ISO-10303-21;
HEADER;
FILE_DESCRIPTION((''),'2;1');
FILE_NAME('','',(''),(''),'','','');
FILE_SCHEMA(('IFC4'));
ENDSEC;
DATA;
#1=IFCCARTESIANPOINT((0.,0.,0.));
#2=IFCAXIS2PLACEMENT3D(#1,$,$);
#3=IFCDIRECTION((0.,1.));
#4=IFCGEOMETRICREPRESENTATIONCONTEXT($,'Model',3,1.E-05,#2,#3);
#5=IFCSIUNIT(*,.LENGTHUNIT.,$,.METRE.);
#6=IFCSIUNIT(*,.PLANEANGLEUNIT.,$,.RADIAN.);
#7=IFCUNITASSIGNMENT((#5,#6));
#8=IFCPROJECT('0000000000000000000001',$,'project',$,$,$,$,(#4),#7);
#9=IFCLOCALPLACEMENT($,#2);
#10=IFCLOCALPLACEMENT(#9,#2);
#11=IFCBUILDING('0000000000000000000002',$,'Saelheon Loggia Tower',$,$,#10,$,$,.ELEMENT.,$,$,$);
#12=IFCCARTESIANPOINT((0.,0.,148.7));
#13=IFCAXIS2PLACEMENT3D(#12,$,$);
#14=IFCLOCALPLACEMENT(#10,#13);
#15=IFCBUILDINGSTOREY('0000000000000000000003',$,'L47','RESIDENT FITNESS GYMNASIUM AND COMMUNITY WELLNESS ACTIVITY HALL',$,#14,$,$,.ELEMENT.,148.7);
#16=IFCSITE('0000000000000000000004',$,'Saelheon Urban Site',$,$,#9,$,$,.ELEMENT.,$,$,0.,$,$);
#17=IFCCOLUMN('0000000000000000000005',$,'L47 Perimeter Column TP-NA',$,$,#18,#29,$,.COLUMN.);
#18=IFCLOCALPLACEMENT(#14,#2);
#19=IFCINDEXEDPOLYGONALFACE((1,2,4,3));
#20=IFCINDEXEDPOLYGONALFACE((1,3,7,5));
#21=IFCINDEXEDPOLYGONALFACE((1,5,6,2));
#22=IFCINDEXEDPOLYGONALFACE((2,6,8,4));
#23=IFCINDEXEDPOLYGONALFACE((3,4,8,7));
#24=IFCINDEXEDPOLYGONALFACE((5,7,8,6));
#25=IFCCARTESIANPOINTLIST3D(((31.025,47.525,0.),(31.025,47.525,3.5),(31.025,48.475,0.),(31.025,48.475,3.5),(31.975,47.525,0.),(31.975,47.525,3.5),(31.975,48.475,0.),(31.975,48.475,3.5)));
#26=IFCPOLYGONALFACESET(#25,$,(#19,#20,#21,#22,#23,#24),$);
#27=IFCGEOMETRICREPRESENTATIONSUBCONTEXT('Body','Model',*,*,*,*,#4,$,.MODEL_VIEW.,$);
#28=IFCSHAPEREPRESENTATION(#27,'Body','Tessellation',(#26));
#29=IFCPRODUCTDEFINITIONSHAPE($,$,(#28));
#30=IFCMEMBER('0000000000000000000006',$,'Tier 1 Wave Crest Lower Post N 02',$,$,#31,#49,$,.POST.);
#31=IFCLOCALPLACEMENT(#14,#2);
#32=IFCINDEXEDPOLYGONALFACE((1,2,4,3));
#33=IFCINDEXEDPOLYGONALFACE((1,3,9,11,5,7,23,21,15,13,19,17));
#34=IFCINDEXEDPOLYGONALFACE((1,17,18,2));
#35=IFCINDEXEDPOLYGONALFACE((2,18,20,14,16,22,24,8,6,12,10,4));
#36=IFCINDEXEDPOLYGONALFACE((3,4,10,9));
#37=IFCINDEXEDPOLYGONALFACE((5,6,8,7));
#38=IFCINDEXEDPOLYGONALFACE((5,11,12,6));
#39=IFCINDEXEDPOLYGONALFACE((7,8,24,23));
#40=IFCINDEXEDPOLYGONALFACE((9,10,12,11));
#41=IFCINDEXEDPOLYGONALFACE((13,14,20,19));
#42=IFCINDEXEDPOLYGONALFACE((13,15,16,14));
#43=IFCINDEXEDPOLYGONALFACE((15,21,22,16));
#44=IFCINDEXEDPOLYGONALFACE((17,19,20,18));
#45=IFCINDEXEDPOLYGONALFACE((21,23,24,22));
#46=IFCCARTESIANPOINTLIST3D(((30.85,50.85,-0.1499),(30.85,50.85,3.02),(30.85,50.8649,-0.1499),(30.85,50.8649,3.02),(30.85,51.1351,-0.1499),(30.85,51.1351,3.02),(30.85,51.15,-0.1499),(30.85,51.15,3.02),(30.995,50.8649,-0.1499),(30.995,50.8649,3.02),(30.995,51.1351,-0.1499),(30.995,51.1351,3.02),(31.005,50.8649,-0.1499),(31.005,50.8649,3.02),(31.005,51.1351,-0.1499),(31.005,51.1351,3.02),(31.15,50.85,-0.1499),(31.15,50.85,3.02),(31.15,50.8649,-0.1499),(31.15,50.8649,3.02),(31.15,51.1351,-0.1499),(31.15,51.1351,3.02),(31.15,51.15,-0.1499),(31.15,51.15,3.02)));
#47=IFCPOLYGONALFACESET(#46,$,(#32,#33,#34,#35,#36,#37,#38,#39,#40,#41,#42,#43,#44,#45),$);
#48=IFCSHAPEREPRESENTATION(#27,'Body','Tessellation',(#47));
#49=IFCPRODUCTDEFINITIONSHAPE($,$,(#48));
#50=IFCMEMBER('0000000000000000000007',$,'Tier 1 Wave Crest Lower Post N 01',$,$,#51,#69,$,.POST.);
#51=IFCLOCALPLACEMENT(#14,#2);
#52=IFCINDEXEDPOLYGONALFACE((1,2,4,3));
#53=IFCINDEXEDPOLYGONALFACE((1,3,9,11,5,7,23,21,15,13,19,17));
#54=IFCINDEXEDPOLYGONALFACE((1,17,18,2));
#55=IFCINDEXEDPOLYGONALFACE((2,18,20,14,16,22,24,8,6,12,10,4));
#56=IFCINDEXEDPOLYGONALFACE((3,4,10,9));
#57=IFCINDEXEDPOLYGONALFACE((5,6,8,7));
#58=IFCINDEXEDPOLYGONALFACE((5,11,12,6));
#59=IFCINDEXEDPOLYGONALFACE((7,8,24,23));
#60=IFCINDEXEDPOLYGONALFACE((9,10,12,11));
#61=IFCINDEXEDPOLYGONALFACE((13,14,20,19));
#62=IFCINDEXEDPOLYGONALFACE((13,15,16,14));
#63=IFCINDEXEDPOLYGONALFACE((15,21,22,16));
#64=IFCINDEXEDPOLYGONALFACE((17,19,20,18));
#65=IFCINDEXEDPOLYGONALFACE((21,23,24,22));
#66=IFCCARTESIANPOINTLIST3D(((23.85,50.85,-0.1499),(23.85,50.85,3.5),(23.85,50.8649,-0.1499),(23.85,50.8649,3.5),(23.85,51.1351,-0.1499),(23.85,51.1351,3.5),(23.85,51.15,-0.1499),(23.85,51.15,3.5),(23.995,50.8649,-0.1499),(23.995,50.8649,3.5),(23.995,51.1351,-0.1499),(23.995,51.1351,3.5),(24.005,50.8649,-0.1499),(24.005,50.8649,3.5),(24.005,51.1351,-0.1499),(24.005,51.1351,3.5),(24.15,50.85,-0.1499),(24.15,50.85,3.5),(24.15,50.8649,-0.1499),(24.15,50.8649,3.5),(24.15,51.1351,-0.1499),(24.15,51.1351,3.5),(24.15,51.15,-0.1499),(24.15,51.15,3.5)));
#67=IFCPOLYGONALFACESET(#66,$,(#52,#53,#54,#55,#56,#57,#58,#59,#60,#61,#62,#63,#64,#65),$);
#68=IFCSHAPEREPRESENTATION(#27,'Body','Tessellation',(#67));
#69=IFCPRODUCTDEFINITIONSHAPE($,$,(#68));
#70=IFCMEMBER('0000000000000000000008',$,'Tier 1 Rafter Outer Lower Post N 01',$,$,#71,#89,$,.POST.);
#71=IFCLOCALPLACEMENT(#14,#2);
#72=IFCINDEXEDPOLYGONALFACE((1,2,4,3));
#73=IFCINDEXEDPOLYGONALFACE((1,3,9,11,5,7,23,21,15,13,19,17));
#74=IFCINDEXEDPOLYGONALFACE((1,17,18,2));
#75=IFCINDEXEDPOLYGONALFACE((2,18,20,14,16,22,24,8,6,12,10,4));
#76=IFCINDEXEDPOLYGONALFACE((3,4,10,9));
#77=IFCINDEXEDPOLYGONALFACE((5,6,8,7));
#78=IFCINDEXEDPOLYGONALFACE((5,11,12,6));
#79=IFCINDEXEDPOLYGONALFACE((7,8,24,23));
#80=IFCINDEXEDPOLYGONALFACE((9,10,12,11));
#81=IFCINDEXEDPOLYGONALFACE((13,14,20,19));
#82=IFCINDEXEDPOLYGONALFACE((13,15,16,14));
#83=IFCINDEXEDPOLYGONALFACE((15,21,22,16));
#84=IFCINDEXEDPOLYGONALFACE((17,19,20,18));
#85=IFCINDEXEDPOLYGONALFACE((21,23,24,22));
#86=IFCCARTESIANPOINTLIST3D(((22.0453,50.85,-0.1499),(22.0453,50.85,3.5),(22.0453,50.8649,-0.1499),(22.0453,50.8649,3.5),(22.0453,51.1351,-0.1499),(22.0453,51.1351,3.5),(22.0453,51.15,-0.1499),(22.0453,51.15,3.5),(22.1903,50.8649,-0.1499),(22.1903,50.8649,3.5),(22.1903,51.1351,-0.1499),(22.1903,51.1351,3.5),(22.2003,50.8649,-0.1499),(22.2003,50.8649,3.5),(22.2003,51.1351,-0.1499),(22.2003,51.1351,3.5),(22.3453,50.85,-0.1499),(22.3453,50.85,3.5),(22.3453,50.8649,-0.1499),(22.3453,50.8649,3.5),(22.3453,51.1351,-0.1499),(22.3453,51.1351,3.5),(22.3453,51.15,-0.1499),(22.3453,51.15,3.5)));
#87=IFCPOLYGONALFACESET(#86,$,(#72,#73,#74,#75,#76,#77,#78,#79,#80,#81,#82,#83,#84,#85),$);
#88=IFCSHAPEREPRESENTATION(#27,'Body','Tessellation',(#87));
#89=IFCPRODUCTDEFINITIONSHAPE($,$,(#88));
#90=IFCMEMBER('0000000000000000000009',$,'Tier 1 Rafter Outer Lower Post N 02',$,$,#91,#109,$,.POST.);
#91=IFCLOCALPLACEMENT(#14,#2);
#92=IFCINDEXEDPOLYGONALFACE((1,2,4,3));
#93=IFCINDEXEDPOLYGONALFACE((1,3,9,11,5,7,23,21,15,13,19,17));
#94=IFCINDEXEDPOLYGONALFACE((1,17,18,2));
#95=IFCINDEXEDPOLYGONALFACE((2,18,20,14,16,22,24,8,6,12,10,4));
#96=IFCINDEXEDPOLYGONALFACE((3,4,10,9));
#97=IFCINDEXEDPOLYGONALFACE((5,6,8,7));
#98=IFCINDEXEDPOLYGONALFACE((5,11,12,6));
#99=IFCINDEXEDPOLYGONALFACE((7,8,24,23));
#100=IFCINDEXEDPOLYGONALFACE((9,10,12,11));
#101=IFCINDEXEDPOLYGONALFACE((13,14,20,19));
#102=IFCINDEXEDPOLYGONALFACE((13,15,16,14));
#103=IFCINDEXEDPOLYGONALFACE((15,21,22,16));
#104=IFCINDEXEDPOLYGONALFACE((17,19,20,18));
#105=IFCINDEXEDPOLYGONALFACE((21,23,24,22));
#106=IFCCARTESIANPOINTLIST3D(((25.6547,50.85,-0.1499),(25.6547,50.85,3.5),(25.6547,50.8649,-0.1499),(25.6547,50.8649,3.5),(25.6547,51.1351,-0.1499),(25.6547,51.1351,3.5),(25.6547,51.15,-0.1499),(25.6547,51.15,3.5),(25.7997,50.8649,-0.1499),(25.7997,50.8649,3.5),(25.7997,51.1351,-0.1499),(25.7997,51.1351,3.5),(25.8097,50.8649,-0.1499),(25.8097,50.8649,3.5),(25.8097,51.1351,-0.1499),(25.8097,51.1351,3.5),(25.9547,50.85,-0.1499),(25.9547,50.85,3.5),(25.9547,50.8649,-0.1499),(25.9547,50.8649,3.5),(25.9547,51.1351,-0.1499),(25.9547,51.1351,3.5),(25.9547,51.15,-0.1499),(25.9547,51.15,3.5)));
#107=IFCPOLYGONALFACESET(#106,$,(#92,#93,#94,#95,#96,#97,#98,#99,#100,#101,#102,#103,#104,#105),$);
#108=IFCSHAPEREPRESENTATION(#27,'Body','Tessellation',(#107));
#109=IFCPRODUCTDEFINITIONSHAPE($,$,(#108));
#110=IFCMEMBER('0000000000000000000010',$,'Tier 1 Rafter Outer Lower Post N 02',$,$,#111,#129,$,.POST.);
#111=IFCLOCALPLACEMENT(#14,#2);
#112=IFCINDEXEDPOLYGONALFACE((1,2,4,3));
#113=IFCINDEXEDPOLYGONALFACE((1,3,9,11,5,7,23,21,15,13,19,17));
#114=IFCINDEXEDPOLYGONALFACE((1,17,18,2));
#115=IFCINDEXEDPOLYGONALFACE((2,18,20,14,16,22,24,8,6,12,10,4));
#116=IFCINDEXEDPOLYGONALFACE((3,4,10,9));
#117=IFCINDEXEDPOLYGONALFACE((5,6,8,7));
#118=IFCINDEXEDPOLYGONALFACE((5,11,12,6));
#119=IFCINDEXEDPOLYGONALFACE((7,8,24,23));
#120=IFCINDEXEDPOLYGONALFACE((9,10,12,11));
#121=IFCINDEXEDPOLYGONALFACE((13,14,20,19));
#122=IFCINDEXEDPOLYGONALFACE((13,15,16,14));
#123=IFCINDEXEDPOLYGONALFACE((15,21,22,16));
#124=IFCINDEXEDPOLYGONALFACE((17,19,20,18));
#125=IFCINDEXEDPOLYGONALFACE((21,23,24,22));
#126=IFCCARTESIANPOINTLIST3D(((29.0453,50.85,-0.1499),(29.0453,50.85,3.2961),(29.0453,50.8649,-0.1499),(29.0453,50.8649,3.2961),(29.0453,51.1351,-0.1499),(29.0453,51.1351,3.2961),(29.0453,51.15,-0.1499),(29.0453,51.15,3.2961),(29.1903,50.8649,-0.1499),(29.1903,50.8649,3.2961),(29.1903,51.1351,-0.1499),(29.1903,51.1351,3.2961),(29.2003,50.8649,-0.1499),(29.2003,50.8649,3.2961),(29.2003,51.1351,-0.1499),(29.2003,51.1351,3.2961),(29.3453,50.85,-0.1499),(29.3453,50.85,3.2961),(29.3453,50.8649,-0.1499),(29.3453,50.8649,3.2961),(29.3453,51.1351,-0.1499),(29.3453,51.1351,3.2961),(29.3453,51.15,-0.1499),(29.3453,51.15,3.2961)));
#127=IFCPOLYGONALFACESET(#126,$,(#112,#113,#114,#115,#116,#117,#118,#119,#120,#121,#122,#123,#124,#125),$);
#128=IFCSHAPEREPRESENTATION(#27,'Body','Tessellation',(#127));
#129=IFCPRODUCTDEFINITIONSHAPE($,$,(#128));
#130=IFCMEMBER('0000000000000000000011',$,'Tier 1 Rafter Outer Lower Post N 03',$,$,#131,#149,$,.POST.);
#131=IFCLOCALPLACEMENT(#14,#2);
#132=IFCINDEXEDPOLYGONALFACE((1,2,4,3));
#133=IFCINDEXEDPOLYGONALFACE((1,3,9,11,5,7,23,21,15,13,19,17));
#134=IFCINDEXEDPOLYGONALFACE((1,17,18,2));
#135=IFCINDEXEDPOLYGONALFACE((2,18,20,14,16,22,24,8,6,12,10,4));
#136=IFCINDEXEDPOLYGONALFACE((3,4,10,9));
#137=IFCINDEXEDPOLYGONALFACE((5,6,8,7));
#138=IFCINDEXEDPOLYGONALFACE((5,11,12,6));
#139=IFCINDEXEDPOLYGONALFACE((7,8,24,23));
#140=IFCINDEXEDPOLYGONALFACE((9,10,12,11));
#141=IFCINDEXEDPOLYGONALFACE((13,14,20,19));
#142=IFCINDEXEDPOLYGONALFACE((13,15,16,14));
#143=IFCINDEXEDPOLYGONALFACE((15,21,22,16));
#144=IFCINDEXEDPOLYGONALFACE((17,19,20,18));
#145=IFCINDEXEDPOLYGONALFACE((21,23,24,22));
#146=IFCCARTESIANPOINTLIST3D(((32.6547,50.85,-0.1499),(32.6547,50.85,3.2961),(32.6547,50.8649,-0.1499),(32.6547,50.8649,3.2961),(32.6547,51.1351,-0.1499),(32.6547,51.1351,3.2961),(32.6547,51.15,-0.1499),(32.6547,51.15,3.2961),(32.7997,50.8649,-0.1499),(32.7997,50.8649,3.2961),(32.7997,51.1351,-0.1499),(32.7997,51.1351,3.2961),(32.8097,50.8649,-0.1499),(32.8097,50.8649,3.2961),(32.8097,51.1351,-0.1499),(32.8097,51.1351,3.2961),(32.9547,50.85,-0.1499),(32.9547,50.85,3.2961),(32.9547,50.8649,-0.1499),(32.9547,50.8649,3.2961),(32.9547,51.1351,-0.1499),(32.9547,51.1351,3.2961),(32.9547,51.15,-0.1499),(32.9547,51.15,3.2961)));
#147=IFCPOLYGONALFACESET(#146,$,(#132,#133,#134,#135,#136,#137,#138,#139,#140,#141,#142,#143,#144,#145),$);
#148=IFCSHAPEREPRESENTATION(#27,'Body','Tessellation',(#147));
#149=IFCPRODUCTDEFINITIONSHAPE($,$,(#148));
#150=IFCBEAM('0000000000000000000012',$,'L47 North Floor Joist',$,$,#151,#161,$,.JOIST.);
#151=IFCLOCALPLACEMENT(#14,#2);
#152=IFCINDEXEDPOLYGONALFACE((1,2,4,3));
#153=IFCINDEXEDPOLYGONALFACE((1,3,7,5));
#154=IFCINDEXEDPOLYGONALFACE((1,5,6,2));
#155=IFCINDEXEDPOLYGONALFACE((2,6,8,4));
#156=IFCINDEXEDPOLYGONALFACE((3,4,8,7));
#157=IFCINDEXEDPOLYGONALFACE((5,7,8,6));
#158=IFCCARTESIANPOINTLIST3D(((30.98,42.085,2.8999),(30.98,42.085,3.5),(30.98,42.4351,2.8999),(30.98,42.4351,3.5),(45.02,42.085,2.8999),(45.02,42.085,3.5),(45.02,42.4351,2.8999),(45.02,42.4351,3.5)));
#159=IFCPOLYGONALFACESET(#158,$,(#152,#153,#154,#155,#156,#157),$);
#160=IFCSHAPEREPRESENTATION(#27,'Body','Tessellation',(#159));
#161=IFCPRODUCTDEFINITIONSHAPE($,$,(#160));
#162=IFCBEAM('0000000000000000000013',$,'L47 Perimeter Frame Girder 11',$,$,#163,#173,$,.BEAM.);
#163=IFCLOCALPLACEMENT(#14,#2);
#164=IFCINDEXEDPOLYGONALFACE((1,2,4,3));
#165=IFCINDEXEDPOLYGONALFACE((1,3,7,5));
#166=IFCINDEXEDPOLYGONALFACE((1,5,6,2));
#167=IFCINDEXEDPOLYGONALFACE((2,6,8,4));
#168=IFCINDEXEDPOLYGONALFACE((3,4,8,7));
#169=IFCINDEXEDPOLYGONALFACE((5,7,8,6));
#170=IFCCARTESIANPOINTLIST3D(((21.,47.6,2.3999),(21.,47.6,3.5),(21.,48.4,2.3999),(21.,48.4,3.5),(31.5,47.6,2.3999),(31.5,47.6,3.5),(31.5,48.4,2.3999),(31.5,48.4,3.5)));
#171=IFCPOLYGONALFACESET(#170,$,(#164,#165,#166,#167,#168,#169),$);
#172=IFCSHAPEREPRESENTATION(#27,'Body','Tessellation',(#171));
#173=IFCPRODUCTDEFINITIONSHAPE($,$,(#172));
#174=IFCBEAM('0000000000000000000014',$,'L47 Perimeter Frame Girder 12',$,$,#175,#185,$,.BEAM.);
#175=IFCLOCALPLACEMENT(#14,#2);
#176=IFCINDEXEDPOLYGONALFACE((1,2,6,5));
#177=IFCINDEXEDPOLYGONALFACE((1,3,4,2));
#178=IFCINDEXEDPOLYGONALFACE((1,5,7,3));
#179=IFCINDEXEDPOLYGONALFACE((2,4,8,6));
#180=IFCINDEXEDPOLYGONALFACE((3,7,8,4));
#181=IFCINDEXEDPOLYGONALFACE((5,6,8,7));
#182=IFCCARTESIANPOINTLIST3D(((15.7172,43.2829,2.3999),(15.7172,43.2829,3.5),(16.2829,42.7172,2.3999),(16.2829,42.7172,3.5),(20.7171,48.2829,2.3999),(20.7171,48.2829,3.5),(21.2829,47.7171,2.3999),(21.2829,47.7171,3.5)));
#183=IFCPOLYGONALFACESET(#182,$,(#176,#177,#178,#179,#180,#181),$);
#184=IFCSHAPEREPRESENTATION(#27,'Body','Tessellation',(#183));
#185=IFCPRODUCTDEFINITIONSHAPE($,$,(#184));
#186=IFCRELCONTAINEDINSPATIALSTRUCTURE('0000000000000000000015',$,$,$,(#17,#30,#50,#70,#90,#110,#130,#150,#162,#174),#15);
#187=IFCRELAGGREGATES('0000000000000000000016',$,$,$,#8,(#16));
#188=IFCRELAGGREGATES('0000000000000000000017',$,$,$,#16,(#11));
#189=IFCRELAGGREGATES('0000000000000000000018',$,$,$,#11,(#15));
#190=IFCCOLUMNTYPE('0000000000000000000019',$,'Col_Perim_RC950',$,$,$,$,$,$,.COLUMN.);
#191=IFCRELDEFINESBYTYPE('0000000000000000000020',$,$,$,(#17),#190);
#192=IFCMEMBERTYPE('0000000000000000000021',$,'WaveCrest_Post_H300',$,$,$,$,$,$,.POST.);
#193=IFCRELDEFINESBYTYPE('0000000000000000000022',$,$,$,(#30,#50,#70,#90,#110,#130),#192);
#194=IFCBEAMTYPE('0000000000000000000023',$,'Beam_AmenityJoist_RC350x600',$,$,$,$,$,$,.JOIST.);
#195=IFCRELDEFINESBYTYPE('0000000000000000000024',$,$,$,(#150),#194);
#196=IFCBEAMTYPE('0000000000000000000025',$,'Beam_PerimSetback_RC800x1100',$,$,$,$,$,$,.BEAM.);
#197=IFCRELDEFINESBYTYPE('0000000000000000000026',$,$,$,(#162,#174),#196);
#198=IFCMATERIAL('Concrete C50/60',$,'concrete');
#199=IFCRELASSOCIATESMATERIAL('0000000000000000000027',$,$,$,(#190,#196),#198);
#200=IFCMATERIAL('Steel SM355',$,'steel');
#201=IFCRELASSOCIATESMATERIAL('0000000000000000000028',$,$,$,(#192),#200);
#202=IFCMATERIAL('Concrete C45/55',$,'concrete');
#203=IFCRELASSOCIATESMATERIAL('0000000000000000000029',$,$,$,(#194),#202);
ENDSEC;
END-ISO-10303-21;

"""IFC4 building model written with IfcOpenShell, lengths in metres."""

from ifc_helpers import new_model, si_unit, direction, frame, origin, origin_2d, place, context, subcontext, project, spatial, rectangle, i_section, extrude, source, transform, mapped, material, material_profile, profile_set, type_object, element, save


model = new_model("IFC4")

# Units and contexts
model_context = context("Model", 3, precision=1e-05, world=origin(), true_north=direction((0.0, 1.0)))
body_context = subcontext(model_context, "Body", "Model", "MODEL_VIEW")
ifc_project = project(units=[si_unit("LENGTHUNIT", "METRE"), si_unit("PLANEANGLEUNIT", "RADIAN")], contexts=[model_context])

# Site, building, storey
site_placement = place(None, origin())
site = spatial("IfcSite", under=ifc_project, at=site_placement, Name="Saelheon Urban Site", CompositionType="ELEMENT", RefElevation=0.0)
building_placement = place(site_placement, origin())
building = spatial("IfcBuilding", under=site, at=building_placement, Name="Saelheon Loggia Tower", CompositionType="ELEMENT")
storey_placement = place(building_placement, frame((0.0, 0.0, 148.7)))
storey = spatial("IfcBuildingStorey", under=building, at=storey_placement, Name="L47", Description="RESIDENT FITNESS GYMNASIUM AND COMMUNITY WELLNESS ACTIVITY HALL", CompositionType="ELEMENT", Elevation=148.7)

# Column
ifc_material_1 = material(Name="Concrete C50/60", Category="concrete")
ifc_material_profile_1 = material_profile(ifc_material_1, rectangle(XDim=0.95, YDim=0.95, at=origin_2d()), Name="RC-950x950")
ifc_profile_set_1 = profile_set([ifc_material_profile_1], Name="Concrete C50/60")
column_type = type_object("IfcColumnType", Name="Col_Perim_RC950", PredefinedType="COLUMN", material=ifc_profile_set_1)
shared_shape_1 = source(origin(), body_context, "Body", "SweptSolid", [
    extrude(rectangle(XDim=0.95, YDim=0.95, at=origin_2d()), origin(), (0.0, 0.0, 1.0), 3.5),
])
column_placement = place(storey_placement, frame((31.5, 48.0, 0.0), z_axis=(0.0, 0.0, 1.0), x_axis=(1.0, 0.0, 0.0)))
element("IfcColumn", 1, at=column_placement, inside=storey, type_object=column_type, Name="L47 Perimeter Column TP-NA", PredefinedType="COLUMN", context=body_context, shape_type="MappedRepresentation", body=[
    mapped(shared_shape_1, transform((0.0, 0.0, 0.0), scale=1.0)),
])

# Members
ifc_material_2 = material(Name="Steel SM355", Category="steel")
ifc_material_profile_2 = material_profile(ifc_material_2, i_section(OverallWidth=0.3, OverallDepth=0.3, WebThickness=0.01, FlangeThickness=0.0149, at=origin_2d()), Name="H-300x300x10x15")
ifc_profile_set_2 = profile_set([ifc_material_profile_2], Name="Steel SM355")
member_type = type_object("IfcMemberType", Name="WaveCrest_Post_H300", PredefinedType="POST", material=ifc_profile_set_2)
shared_shape_2 = source(origin(), body_context, "Body", "SweptSolid", [
    extrude(i_section(OverallWidth=0.3, OverallDepth=0.3, WebThickness=0.01, FlangeThickness=0.0149, at=origin_2d()), origin(), (0.0, 0.0, 1.0), 3.1699),
])
member_placement = place(storey_placement, frame((31.0, 51.0, -0.1499), z_axis=(0.0, 0.0, 1.0), x_axis=(1.0, 0.0, 0.0)))
element("IfcMember", 2, at=member_placement, inside=storey, type_object=member_type, Name="Tier 1 Wave Crest Lower Post N 02", PredefinedType="POST", context=body_context, shape_type="MappedRepresentation", body=[
    mapped(shared_shape_2, transform((0.0, 0.0, 0.0), scale=1.0)),
])
shared_shape_3 = source(origin(), body_context, "Body", "SweptSolid", [
    extrude(i_section(OverallWidth=0.3, OverallDepth=0.3, WebThickness=0.01, FlangeThickness=0.0149, at=origin_2d()), origin(), (0.0, 0.0, 1.0), 3.6499),
])
for number, where, z_axis, x_axis, name in (
    (3, (24.0, 51.0, -0.1499), (0.0, 0.0, 1.0), (1.0, 0.0, 0.0), "Tier 1 Wave Crest Lower Post N 01"),
    (4, (22.1953, 51.0, -0.1499), (0.0, 0.0, 1.0), (1.0, 0.0, 0.0), "Tier 1 Rafter Outer Lower Post N 01"),
    (5, (25.8047, 51.0, -0.1499), (0.0, 0.0, 1.0), (1.0, 0.0, 0.0), "Tier 1 Rafter Outer Lower Post N 02"),
):
    element("IfcMember", number, at=place(storey_placement, frame(where, z_axis=z_axis, x_axis=x_axis)), inside=storey, type_object=member_type, Name=name, PredefinedType="POST", context=body_context, shape_type="MappedRepresentation", body=[
        mapped(shared_shape_3, transform((0.0, 0.0, 0.0), scale=1.0)),
    ])
shared_shape_4 = source(origin(), body_context, "Body", "SweptSolid", [
    extrude(i_section(OverallWidth=0.3, OverallDepth=0.3, WebThickness=0.01, FlangeThickness=0.0149, at=origin_2d()), origin(), (0.0, 0.0, 1.0), 3.446),
])
for number, where, z_axis, x_axis, name in (
    (6, (29.1953, 51.0, -0.1499), (0.0, 0.0, 1.0), (1.0, 0.0, 0.0), "Tier 1 Rafter Outer Lower Post N 02"),
    (7, (32.8047, 51.0, -0.1499), (0.0, 0.0, 1.0), (1.0, 0.0, 0.0), "Tier 1 Rafter Outer Lower Post N 03"),
):
    element("IfcMember", number, at=place(storey_placement, frame(where, z_axis=z_axis, x_axis=x_axis)), inside=storey, type_object=member_type, Name=name, PredefinedType="POST", context=body_context, shape_type="MappedRepresentation", body=[
        mapped(shared_shape_4, transform((0.0, 0.0, 0.0), scale=1.0)),
    ])

# Beams
ifc_material_3 = material(Name="Concrete C45/55", Category="concrete")
ifc_material_profile_3 = material_profile(ifc_material_3, rectangle(XDim=0.3501, YDim=0.6001, at=origin_2d()), Name="RC-350x600")
ifc_profile_set_3 = profile_set([ifc_material_profile_3], Name="Concrete C45/55")
beam_type_1 = type_object("IfcBeamType", Name="Beam_AmenityJoist_RC350x600", PredefinedType="JOIST", material=ifc_profile_set_3)
shared_shape_5 = source(origin(), body_context, "Body", "SweptSolid", [
    extrude(rectangle(XDim=0.3501, YDim=0.6001, at=origin_2d()), origin(), (0.0, 0.0, 1.0), 14.04),
])
beam_1_placement = place(storey_placement, frame((30.98, 42.26, 3.2), z_axis=(1.0, 0.0, 0.0), x_axis=(0.0, 1.0, 0.0)))
element("IfcBeam", 8, at=beam_1_placement, inside=storey, type_object=beam_type_1, Name="L47 North Floor Joist", PredefinedType="JOIST", context=body_context, shape_type="MappedRepresentation", body=[
    mapped(shared_shape_5, transform((0.0, 0.0, 0.0), scale=1.0)),
])
ifc_material_profile_4 = material_profile(ifc_material_1, rectangle(XDim=0.8, YDim=1.1001, at=origin_2d()), Name="RC-800x1100")
ifc_profile_set_4 = profile_set([ifc_material_profile_4], Name="Concrete C50/60")
beam_type_2 = type_object("IfcBeamType", Name="Beam_PerimSetback_RC800x1100", PredefinedType="BEAM", material=ifc_profile_set_4)
shared_shape_6 = source(origin(), body_context, "Body", "SweptSolid", [
    extrude(rectangle(XDim=0.8, YDim=1.1001, at=origin_2d()), origin(), (0.0, 0.0, 1.0), 10.5),
])
beam_2_placement = place(storey_placement, frame((31.5, 48.0, 2.95), z_axis=(-1.0, 0.0, 0.0), x_axis=(0.0, -1.0, 0.0)))
element("IfcBeam", 9, at=beam_2_placement, inside=storey, type_object=beam_type_2, Name="L47 Perimeter Frame Girder 11", PredefinedType="BEAM", context=body_context, shape_type="MappedRepresentation", body=[
    mapped(shared_shape_6, transform((0.0, 0.0, 0.0), scale=1.0)),
])
shared_shape_7 = source(origin(), body_context, "Body", "SweptSolid", [
    extrude(rectangle(XDim=0.8, YDim=1.1001, at=origin_2d()), origin(), (0.0, 0.0, 1.0), 7.071),
])
beam_3_placement = place(storey_placement, frame((21.0, 48.0, 2.95), z_axis=(-0.707107, -0.707107, 0.0), x_axis=(0.707107, -0.707107, 0.0)))
element("IfcBeam", 10, at=beam_3_placement, inside=storey, type_object=beam_type_2, Name="L47 Perimeter Frame Girder 12", PredefinedType="BEAM", context=body_context, shape_type="MappedRepresentation", body=[
    mapped(shared_shape_7, transform((0.0, 0.0, 0.0), scale=1.0)),
])

save(model, "model.ifc")
